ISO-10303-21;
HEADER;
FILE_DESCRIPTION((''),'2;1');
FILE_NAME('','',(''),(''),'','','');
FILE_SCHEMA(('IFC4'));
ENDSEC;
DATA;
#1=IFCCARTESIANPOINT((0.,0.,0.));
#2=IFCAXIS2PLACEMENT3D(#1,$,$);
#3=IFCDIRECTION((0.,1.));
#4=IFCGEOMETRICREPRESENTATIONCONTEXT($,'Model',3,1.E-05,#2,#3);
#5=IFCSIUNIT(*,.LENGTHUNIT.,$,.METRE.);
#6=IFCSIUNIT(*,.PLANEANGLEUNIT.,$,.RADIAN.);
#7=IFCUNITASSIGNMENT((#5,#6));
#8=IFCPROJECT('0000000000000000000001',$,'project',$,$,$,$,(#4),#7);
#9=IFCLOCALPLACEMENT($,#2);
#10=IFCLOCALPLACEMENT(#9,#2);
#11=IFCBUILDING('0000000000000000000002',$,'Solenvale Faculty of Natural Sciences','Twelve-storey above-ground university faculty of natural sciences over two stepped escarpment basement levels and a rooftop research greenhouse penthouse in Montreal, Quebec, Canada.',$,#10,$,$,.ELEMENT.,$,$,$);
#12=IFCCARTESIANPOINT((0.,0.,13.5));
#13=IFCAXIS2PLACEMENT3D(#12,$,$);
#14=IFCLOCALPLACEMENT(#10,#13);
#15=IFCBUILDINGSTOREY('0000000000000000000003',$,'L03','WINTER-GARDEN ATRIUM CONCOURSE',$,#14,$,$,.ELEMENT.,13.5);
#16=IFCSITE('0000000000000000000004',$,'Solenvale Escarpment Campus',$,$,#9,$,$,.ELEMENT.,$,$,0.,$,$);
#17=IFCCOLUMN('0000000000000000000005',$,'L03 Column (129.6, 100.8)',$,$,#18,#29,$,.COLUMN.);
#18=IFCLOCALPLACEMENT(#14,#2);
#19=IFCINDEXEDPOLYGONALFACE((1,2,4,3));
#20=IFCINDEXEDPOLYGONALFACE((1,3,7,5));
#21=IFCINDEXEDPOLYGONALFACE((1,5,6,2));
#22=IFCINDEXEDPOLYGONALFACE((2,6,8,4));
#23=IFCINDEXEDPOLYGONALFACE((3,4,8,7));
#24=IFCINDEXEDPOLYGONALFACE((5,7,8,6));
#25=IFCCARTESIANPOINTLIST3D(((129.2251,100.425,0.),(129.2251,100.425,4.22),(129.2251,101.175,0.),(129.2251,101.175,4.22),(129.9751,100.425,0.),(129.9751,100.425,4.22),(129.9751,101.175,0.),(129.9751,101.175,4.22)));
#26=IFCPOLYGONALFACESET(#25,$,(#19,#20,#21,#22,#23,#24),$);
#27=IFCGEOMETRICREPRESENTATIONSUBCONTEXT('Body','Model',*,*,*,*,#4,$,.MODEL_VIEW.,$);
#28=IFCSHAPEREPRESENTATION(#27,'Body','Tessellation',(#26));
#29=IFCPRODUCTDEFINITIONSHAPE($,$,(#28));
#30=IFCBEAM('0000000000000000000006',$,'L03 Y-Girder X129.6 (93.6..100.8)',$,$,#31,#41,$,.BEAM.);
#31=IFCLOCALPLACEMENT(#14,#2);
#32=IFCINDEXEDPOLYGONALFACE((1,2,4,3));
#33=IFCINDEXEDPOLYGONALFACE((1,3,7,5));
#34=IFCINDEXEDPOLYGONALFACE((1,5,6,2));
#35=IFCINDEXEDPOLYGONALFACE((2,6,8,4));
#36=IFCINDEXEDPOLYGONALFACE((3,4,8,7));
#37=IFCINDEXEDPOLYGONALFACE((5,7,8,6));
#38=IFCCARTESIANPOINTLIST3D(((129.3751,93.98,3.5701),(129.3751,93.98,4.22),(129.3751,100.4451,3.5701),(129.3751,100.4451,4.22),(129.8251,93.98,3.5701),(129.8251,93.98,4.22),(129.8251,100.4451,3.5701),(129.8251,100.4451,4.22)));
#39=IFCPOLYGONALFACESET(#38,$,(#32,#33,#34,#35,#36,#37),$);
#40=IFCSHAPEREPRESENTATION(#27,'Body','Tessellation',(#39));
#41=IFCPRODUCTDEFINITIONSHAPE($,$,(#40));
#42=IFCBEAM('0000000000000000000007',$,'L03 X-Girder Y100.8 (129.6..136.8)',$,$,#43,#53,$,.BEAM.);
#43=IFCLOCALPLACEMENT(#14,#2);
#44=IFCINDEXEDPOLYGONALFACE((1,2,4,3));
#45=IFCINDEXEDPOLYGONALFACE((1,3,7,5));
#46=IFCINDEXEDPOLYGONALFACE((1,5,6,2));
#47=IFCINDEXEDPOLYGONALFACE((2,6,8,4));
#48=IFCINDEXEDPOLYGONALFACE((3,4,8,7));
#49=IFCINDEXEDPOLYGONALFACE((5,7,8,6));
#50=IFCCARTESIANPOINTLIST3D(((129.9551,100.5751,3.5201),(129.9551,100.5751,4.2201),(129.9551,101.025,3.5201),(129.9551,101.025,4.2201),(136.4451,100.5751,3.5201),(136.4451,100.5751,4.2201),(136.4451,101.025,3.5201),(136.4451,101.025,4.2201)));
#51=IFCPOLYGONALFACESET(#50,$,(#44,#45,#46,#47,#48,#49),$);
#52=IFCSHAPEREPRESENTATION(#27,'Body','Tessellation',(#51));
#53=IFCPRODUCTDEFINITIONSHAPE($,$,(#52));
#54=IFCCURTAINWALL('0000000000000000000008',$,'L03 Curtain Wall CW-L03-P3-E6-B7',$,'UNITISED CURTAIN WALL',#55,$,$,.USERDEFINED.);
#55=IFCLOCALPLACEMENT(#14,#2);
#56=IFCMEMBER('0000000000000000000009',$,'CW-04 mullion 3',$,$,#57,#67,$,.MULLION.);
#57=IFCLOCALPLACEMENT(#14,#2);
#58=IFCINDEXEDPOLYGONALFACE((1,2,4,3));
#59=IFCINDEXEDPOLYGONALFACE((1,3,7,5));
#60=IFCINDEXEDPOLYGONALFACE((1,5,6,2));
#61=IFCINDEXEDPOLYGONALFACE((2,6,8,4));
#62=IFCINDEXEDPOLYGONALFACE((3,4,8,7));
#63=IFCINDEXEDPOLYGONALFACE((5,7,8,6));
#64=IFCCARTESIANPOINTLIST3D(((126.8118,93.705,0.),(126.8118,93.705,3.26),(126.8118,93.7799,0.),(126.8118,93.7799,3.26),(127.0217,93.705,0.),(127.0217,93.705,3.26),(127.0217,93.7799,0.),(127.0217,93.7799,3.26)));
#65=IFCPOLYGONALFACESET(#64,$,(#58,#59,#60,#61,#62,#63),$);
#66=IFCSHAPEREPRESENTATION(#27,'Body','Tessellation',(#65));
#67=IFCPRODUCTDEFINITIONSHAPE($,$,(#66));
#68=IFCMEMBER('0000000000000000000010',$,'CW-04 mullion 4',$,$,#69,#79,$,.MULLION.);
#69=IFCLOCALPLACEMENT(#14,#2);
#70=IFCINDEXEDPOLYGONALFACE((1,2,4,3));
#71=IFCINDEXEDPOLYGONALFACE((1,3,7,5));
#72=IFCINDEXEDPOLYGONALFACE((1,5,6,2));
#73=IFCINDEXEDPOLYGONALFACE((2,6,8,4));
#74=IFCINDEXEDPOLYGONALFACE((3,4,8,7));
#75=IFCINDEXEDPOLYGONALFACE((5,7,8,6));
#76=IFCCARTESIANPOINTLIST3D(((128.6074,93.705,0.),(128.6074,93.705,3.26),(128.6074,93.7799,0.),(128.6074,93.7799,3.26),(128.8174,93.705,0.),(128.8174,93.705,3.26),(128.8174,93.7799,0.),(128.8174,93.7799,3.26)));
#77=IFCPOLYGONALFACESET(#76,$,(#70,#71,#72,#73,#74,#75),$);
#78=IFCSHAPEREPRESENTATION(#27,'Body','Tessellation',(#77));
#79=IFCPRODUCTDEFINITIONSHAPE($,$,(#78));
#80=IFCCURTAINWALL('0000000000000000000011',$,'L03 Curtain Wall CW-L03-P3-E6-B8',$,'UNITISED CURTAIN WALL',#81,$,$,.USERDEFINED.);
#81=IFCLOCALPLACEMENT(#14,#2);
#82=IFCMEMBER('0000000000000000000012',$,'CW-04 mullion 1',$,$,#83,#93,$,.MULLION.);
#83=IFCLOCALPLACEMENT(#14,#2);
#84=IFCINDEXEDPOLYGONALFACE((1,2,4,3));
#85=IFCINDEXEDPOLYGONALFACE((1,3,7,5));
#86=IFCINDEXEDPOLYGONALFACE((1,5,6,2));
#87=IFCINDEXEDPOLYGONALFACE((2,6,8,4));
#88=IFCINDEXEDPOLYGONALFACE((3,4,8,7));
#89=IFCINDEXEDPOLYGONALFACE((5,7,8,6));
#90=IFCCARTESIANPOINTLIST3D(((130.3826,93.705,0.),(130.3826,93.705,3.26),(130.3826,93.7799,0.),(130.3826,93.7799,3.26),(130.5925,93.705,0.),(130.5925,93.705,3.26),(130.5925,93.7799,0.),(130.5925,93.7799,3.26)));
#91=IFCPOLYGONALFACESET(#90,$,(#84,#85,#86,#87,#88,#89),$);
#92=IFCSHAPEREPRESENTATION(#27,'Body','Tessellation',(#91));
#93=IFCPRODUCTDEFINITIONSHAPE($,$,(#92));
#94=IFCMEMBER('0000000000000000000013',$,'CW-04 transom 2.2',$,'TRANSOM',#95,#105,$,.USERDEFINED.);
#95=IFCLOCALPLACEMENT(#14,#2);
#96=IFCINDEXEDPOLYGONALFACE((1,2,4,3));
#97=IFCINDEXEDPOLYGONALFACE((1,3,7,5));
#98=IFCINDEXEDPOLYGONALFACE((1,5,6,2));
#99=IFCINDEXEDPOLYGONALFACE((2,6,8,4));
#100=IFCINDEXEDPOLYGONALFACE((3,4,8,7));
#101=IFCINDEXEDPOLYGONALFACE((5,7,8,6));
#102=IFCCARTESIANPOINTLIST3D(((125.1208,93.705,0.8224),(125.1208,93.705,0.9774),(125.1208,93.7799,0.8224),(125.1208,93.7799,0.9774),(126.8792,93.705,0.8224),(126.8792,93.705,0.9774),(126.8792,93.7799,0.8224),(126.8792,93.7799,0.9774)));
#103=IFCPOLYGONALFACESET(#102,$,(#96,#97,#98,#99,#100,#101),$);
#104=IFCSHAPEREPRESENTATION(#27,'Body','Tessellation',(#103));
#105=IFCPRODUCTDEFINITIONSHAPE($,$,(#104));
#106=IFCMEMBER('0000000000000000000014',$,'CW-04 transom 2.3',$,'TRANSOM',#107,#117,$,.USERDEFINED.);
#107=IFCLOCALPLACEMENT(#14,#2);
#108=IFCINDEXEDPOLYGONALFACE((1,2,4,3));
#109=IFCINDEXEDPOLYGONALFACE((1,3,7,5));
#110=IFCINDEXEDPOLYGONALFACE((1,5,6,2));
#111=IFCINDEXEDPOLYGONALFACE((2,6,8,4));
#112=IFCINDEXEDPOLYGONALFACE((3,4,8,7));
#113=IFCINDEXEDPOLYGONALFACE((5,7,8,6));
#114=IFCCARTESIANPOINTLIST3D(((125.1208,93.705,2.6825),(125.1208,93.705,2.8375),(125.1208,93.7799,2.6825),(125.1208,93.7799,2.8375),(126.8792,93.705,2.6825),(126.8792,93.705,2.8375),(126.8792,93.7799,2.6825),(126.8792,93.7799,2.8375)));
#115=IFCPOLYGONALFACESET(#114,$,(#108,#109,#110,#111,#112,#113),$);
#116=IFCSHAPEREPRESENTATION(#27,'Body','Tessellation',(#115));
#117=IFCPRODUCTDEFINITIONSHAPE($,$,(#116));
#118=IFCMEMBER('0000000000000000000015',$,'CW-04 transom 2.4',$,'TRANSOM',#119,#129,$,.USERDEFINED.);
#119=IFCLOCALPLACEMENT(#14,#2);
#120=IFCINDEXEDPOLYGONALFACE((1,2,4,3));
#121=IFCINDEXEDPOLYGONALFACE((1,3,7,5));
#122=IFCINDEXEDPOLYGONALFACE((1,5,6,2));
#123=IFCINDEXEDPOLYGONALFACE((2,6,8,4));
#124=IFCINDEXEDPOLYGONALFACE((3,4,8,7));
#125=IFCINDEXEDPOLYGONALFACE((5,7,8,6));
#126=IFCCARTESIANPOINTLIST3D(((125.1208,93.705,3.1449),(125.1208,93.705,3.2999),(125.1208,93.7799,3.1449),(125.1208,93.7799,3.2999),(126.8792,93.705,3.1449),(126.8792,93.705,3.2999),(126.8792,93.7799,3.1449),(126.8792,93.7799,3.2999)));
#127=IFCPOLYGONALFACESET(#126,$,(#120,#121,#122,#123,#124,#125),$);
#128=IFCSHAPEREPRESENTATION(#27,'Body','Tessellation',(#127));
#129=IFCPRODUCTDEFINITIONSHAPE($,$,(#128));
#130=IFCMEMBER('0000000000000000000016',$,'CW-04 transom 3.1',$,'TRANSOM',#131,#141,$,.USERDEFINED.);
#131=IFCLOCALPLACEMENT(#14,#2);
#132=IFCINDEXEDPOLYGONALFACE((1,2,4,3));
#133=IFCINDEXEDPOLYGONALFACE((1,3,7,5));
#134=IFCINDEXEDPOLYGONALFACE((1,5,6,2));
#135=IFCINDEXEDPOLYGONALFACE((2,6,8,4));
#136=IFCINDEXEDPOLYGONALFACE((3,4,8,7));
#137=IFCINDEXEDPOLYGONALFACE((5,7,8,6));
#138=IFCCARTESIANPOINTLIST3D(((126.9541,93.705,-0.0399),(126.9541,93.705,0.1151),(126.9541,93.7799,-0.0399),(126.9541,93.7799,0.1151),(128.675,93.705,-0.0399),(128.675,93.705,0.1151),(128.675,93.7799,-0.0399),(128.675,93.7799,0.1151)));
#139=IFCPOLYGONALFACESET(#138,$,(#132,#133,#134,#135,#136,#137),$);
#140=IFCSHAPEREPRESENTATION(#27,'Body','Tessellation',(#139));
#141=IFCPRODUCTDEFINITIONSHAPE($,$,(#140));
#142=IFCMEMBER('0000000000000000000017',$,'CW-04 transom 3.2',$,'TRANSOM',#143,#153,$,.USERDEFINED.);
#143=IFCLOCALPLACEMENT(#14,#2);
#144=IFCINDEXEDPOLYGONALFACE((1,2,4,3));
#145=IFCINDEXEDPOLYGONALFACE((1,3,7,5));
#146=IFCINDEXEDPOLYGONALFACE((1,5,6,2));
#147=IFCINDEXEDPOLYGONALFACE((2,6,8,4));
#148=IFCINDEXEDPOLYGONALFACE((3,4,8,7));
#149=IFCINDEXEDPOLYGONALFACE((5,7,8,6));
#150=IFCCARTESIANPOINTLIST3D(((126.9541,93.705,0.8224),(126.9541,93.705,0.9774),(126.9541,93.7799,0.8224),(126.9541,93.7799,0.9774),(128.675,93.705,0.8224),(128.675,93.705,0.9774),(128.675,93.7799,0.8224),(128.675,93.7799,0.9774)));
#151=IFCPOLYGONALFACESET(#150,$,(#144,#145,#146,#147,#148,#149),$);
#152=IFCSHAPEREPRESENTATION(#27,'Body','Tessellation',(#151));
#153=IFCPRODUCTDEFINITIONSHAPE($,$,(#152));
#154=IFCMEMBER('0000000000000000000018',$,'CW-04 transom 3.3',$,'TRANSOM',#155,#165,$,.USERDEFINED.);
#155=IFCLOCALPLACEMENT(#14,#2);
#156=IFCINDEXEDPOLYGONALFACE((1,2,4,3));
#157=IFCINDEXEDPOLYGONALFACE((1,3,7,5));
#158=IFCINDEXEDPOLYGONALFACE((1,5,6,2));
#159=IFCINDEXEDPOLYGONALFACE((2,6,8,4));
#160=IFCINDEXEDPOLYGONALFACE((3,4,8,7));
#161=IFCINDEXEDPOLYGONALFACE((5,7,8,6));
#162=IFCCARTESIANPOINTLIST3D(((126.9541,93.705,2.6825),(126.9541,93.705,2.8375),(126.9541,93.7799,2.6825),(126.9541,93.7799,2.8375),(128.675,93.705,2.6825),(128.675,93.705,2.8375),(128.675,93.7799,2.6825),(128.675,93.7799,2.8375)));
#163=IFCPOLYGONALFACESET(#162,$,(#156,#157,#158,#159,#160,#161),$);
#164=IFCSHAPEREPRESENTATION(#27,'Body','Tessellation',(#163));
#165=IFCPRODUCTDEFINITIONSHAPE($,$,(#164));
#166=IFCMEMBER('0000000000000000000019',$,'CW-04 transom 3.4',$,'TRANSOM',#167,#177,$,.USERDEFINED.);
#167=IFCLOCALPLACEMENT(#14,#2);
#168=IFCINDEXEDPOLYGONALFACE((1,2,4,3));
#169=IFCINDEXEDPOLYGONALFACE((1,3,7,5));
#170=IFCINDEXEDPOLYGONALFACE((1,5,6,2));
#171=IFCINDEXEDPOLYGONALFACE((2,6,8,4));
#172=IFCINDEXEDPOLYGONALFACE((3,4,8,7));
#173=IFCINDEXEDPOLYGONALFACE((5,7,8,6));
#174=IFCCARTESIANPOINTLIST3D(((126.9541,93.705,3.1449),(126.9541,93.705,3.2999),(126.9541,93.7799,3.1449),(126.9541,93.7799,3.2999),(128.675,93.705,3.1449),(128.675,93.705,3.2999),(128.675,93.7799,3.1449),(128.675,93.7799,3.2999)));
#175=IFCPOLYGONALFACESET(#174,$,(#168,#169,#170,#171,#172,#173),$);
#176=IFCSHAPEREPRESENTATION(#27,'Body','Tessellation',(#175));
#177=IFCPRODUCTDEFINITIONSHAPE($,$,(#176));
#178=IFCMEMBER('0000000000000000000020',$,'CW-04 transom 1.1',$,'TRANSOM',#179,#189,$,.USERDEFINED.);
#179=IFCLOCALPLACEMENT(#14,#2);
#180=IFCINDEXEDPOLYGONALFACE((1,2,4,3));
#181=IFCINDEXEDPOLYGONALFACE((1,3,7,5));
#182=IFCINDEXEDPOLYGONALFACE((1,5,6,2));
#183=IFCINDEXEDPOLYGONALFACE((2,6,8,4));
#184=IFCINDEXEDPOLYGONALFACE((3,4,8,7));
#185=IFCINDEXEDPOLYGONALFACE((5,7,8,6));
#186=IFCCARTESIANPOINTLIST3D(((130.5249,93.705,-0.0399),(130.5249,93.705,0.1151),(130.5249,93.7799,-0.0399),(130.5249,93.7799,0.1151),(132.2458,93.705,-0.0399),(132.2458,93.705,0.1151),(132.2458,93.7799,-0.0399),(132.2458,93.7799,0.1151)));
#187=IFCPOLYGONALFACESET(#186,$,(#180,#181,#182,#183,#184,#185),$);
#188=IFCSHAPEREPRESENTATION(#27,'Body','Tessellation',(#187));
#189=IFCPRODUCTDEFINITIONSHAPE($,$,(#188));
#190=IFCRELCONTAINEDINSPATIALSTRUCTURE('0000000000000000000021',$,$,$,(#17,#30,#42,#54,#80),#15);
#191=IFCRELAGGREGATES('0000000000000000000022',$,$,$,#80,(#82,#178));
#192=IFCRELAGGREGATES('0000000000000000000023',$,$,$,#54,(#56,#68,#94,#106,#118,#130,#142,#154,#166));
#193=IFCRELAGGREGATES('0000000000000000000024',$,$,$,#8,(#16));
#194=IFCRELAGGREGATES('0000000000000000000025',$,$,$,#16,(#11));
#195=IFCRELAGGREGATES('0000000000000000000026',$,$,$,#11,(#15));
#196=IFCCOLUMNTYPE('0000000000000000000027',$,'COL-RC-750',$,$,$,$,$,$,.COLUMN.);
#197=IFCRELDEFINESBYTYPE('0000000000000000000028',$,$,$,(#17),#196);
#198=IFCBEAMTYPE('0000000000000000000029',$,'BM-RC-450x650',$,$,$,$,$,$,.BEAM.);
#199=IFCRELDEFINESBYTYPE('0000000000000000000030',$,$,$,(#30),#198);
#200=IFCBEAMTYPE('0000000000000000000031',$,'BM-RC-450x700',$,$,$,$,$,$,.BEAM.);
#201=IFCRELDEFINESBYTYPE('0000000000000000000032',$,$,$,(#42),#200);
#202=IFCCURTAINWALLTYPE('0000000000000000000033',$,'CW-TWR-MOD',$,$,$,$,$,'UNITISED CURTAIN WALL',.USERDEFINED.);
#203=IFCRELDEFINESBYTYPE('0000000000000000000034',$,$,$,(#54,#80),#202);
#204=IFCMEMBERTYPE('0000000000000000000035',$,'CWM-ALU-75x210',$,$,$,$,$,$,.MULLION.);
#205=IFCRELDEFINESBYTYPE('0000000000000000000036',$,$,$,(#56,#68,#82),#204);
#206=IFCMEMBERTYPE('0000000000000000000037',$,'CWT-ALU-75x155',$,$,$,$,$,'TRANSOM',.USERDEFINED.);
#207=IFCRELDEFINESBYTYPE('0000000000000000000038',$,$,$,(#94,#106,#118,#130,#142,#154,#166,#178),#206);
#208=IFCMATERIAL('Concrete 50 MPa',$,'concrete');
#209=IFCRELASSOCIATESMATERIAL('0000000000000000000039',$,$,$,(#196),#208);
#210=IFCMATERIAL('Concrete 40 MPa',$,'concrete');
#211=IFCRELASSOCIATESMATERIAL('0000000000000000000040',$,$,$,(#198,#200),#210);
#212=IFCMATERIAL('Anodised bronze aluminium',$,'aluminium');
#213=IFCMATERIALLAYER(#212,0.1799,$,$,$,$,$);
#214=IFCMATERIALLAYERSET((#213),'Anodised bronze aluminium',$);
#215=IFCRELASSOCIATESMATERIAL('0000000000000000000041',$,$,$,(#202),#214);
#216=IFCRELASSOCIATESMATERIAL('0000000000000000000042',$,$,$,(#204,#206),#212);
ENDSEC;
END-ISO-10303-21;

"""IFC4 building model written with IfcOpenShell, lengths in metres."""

from ifc_helpers import new_model, si_unit, direction, frame, origin, origin_2d, place, context, subcontext, project, spatial, rectangle, extrude, material, layer, layer_set, material_profile, profile_set, type_object, element, aggregate, save


model = new_model("IFC4")

# Units and contexts
model_context = context("Model", 3, precision=1e-05, world=origin(), true_north=direction((0.0, 1.0)))
body_context = subcontext(model_context, "Body", "Model", "MODEL_VIEW")
ifc_project = project(units=[si_unit("LENGTHUNIT", "METRE"), si_unit("PLANEANGLEUNIT", "RADIAN")], contexts=[model_context])

# Site, building, storey
site_placement = place(None, origin())
site = spatial("IfcSite", under=ifc_project, at=site_placement, Name="Solenvale Escarpment Campus", CompositionType="ELEMENT", RefElevation=0.0)
building_placement = place(site_placement, origin())
building = spatial("IfcBuilding", under=site, at=building_placement, Name="Solenvale Faculty of Natural Sciences", Description="Twelve-storey above-ground university faculty of natural sciences over two stepped escarpment basement levels and a rooftop research greenhouse penthouse in Montreal, Quebec, Canada.", CompositionType="ELEMENT")
storey_placement = place(building_placement, frame((0.0, 0.0, 13.5)))
storey = spatial("IfcBuildingStorey", under=building, at=storey_placement, Name="L03", Description="WINTER-GARDEN ATRIUM CONCOURSE", CompositionType="ELEMENT", Elevation=13.5)

# Column
ifc_material_1 = material(Name="Concrete 50 MPa", Category="concrete")
ifc_material_profile_1 = material_profile(ifc_material_1, rectangle(XDim=0.75, YDim=0.75, at=origin_2d()), Name="RC-COL-750x750")
ifc_profile_set_1 = profile_set([ifc_material_profile_1], Name="Concrete 50 MPa")
column_type = type_object("IfcColumnType", Name="COL-RC-750", PredefinedType="COLUMN", material=ifc_profile_set_1)
column_placement = place(storey_placement, frame((129.6001, 100.8, 0.0), z_axis=(0.0, 0.0, 1.0), x_axis=(1.0, 0.0, 0.0)))
element("IfcColumn", 1, at=column_placement, inside=storey, type_object=column_type, Name="L03 Column (129.6, 100.8)", PredefinedType="COLUMN", context=body_context, shape_type="SweptSolid", body=[
    extrude(rectangle(XDim=0.75, YDim=0.75, at=origin_2d()), origin(), (0.0, 0.0, 1.0), 4.22),
])

# Beams
ifc_material_2 = material(Name="Concrete 40 MPa", Category="concrete")
ifc_material_profile_2 = material_profile(ifc_material_2, rectangle(XDim=0.45, YDim=0.6499, at=origin_2d()), Name="RC-BM-450x650")
ifc_profile_set_2 = profile_set([ifc_material_profile_2], Name="Concrete 40 MPa")
beam_type_1 = type_object("IfcBeamType", Name="BM-RC-450x650", PredefinedType="BEAM", material=ifc_profile_set_2)
beam_1_placement = place(storey_placement, frame((129.6001, 93.98, 3.895), z_axis=(0.0, 1.0, 0.0), x_axis=(-1.0, 0.0, 0.0)))
element("IfcBeam", 2, at=beam_1_placement, inside=storey, type_object=beam_type_1, Name="L03 Y-Girder X129.6 (93.6..100.8)", PredefinedType="BEAM", context=body_context, shape_type="SweptSolid", body=[
    extrude(rectangle(XDim=0.45, YDim=0.6499, at=origin_2d()), origin(), (0.0, 0.0, 1.0), 6.4651),
])
ifc_material_profile_3 = material_profile(ifc_material_2, rectangle(XDim=0.45, YDim=0.7, at=origin_2d()), Name="RC-BM-450x700")
ifc_profile_set_3 = profile_set([ifc_material_profile_3], Name="Concrete 40 MPa")
beam_type_2 = type_object("IfcBeamType", Name="BM-RC-450x700", PredefinedType="BEAM", material=ifc_profile_set_3)
beam_2_placement = place(storey_placement, frame((129.9551, 100.8, 3.8701), z_axis=(1.0, 0.0, 0.0), x_axis=(0.0, 1.0, 0.0)))
element("IfcBeam", 3, at=beam_2_placement, inside=storey, type_object=beam_type_2, Name="L03 X-Girder Y100.8 (129.6..136.8)", PredefinedType="BEAM", context=body_context, shape_type="SweptSolid", body=[
    extrude(rectangle(XDim=0.45, YDim=0.7, at=origin_2d()), origin(), (0.0, 0.0, 1.0), 6.49),
])

# Curtain wall, members
ifc_material_3 = material(Name="Anodised bronze aluminium", Category="aluminium")
ifc_layer_1 = layer(ifc_material_3, 0.1799)
ifc_layer_set_1 = layer_set([ifc_layer_1], Name="Anodised bronze aluminium")
curtain_wall_type = type_object("IfcCurtainWallType", Name="CW-TWR-MOD", ElementType="UNITISED CURTAIN WALL", PredefinedType="USERDEFINED", material=ifc_layer_set_1)
curtain_wall_1_placement = place(storey_placement, origin())
curtain_wall_1 = element("IfcCurtainWall", 4, at=curtain_wall_1_placement, inside=storey, type_object=curtain_wall_type, Name="L03 Curtain Wall CW-L03-P3-E6-B7", ObjectType="UNITISED CURTAIN WALL", PredefinedType="USERDEFINED")
ifc_material_profile_4 = material_profile(ifc_material_3, rectangle(XDim=0.075, YDim=0.21, at=origin_2d()), Name="ALU-MUL-75x210")
ifc_profile_set_4 = profile_set([ifc_material_profile_4], Name="Anodised bronze aluminium")
member_type_1 = type_object("IfcMemberType", Name="CWM-ALU-75x210", PredefinedType="MULLION", material=ifc_profile_set_4)
member_1_placement = place(storey_placement, frame((126.9167, 93.7424, 0.0), z_axis=(0.0, 0.0, 1.0), x_axis=(0.0, 1.0, 0.0)))
member_1 = element("IfcMember", 5, at=member_1_placement, type_object=member_type_1, Name="CW-04 mullion 3", PredefinedType="MULLION", context=body_context, shape_type="SweptSolid", body=[
    extrude(rectangle(XDim=0.075, YDim=0.21, at=origin_2d()), origin(), (0.0, 0.0, 1.0), 3.26),
])
member_2_placement = place(storey_placement, frame((128.7124, 93.7424, 0.0), z_axis=(0.0, 0.0, 1.0), x_axis=(0.0, 1.0, 0.0)))
member_2 = element("IfcMember", 6, at=member_2_placement, type_object=member_type_1, Name="CW-04 mullion 4", PredefinedType="MULLION", context=body_context, shape_type="SweptSolid", body=[
    extrude(rectangle(XDim=0.075, YDim=0.21, at=origin_2d()), origin(), (0.0, 0.0, 1.0), 3.26),
])

# Curtain wall, member
curtain_wall_2_placement = place(storey_placement, origin())
curtain_wall_2 = element("IfcCurtainWall", 7, at=curtain_wall_2_placement, inside=storey, type_object=curtain_wall_type, Name="L03 Curtain Wall CW-L03-P3-E6-B8", ObjectType="UNITISED CURTAIN WALL", PredefinedType="USERDEFINED")
member_3_placement = place(storey_placement, frame((130.4875, 93.7424, 0.0), z_axis=(0.0, 0.0, 1.0), x_axis=(0.0, 1.0, 0.0)))
member_3 = element("IfcMember", 8, at=member_3_placement, type_object=member_type_1, Name="CW-04 mullion 1", PredefinedType="MULLION", context=body_context, shape_type="SweptSolid", body=[
    extrude(rectangle(XDim=0.075, YDim=0.21, at=origin_2d()), origin(), (0.0, 0.0, 1.0), 3.26),
])

# Members
ifc_material_profile_5 = material_profile(ifc_material_3, rectangle(XDim=0.075, YDim=0.155, at=origin_2d()), Name="ALU-TRN-75x155")
ifc_profile_set_5 = profile_set([ifc_material_profile_5], Name="Anodised bronze aluminium")
member_type_2 = type_object("IfcMemberType", Name="CWT-ALU-75x155", ElementType="TRANSOM", PredefinedType="USERDEFINED", material=ifc_profile_set_5)
member_4_placement = place(storey_placement, frame((125.1208, 93.7424, 0.8999), z_axis=(1.0, 0.0, 0.0), x_axis=(0.0, 1.0, 0.0)))
member_4 = element("IfcMember", 9, at=member_4_placement, type_object=member_type_2, Name="CW-04 transom 2.2", ObjectType="TRANSOM", PredefinedType="USERDEFINED", context=body_context, shape_type="SweptSolid", body=[
    extrude(rectangle(XDim=0.075, YDim=0.155, at=origin_2d()), origin(), (0.0, 0.0, 1.0), 1.7583),
])
member_5_placement = place(storey_placement, frame((125.1208, 93.7424, 2.76), z_axis=(1.0, 0.0, 0.0), x_axis=(0.0, 1.0, 0.0)))
member_5 = element("IfcMember", 10, at=member_5_placement, type_object=member_type_2, Name="CW-04 transom 2.3", ObjectType="TRANSOM", PredefinedType="USERDEFINED", context=body_context, shape_type="SweptSolid", body=[
    extrude(rectangle(XDim=0.075, YDim=0.155, at=origin_2d()), origin(), (0.0, 0.0, 1.0), 1.7583),
])
member_6_placement = place(storey_placement, frame((125.1208, 93.7424, 3.2224), z_axis=(1.0, 0.0, 0.0), x_axis=(0.0, 1.0, 0.0)))
member_6 = element("IfcMember", 11, at=member_6_placement, type_object=member_type_2, Name="CW-04 transom 2.4", ObjectType="TRANSOM", PredefinedType="USERDEFINED", context=body_context, shape_type="SweptSolid", body=[
    extrude(rectangle(XDim=0.075, YDim=0.155, at=origin_2d()), origin(), (0.0, 0.0, 1.0), 1.7583),
])
member_7_placement = place(storey_placement, frame((126.9541, 93.7424, 0.0376), z_axis=(1.0, 0.0, 0.0), x_axis=(0.0, 1.0, 0.0)))
member_7 = element("IfcMember", 12, at=member_7_placement, type_object=member_type_2, Name="CW-04 transom 3.1", ObjectType="TRANSOM", PredefinedType="USERDEFINED", context=body_context, shape_type="SweptSolid", body=[
    extrude(rectangle(XDim=0.075, YDim=0.155, at=origin_2d()), origin(), (0.0, 0.0, 1.0), 1.7209),
])
member_8_placement = place(storey_placement, frame((126.9541, 93.7424, 0.8999), z_axis=(1.0, 0.0, 0.0), x_axis=(0.0, 1.0, 0.0)))
member_8 = element("IfcMember", 13, at=member_8_placement, type_object=member_type_2, Name="CW-04 transom 3.2", ObjectType="TRANSOM", PredefinedType="USERDEFINED", context=body_context, shape_type="SweptSolid", body=[
    extrude(rectangle(XDim=0.075, YDim=0.155, at=origin_2d()), origin(), (0.0, 0.0, 1.0), 1.7209),
])
member_9_placement = place(storey_placement, frame((126.9541, 93.7424, 2.76), z_axis=(1.0, 0.0, 0.0), x_axis=(0.0, 1.0, 0.0)))
member_9 = element("IfcMember", 14, at=member_9_placement, type_object=member_type_2, Name="CW-04 transom 3.3", ObjectType="TRANSOM", PredefinedType="USERDEFINED", context=body_context, shape_type="SweptSolid", body=[
    extrude(rectangle(XDim=0.075, YDim=0.155, at=origin_2d()), origin(), (0.0, 0.0, 1.0), 1.7209),
])
member_10_placement = place(storey_placement, frame((126.9541, 93.7424, 3.2224), z_axis=(1.0, 0.0, 0.0), x_axis=(0.0, 1.0, 0.0)))
member_10 = element("IfcMember", 15, at=member_10_placement, type_object=member_type_2, Name="CW-04 transom 3.4", ObjectType="TRANSOM", PredefinedType="USERDEFINED", context=body_context, shape_type="SweptSolid", body=[
    extrude(rectangle(XDim=0.075, YDim=0.155, at=origin_2d()), origin(), (0.0, 0.0, 1.0), 1.7209),
])
member_11_placement = place(storey_placement, frame((130.5249, 93.7424, 0.0376), z_axis=(1.0, 0.0, 0.0), x_axis=(0.0, 1.0, 0.0)))
member_11 = element("IfcMember", 16, at=member_11_placement, type_object=member_type_2, Name="CW-04 transom 1.1", ObjectType="TRANSOM", PredefinedType="USERDEFINED", context=body_context, shape_type="SweptSolid", body=[
    extrude(rectangle(XDim=0.075, YDim=0.155, at=origin_2d()), origin(), (0.0, 0.0, 1.0), 1.7209),
])
aggregate(curtain_wall_2, [member_3, member_11])

aggregate(curtain_wall_1, [member_1, member_2, member_4, member_5, member_6, member_7, member_8, member_9, member_10])

save(model, "model.ifc")
